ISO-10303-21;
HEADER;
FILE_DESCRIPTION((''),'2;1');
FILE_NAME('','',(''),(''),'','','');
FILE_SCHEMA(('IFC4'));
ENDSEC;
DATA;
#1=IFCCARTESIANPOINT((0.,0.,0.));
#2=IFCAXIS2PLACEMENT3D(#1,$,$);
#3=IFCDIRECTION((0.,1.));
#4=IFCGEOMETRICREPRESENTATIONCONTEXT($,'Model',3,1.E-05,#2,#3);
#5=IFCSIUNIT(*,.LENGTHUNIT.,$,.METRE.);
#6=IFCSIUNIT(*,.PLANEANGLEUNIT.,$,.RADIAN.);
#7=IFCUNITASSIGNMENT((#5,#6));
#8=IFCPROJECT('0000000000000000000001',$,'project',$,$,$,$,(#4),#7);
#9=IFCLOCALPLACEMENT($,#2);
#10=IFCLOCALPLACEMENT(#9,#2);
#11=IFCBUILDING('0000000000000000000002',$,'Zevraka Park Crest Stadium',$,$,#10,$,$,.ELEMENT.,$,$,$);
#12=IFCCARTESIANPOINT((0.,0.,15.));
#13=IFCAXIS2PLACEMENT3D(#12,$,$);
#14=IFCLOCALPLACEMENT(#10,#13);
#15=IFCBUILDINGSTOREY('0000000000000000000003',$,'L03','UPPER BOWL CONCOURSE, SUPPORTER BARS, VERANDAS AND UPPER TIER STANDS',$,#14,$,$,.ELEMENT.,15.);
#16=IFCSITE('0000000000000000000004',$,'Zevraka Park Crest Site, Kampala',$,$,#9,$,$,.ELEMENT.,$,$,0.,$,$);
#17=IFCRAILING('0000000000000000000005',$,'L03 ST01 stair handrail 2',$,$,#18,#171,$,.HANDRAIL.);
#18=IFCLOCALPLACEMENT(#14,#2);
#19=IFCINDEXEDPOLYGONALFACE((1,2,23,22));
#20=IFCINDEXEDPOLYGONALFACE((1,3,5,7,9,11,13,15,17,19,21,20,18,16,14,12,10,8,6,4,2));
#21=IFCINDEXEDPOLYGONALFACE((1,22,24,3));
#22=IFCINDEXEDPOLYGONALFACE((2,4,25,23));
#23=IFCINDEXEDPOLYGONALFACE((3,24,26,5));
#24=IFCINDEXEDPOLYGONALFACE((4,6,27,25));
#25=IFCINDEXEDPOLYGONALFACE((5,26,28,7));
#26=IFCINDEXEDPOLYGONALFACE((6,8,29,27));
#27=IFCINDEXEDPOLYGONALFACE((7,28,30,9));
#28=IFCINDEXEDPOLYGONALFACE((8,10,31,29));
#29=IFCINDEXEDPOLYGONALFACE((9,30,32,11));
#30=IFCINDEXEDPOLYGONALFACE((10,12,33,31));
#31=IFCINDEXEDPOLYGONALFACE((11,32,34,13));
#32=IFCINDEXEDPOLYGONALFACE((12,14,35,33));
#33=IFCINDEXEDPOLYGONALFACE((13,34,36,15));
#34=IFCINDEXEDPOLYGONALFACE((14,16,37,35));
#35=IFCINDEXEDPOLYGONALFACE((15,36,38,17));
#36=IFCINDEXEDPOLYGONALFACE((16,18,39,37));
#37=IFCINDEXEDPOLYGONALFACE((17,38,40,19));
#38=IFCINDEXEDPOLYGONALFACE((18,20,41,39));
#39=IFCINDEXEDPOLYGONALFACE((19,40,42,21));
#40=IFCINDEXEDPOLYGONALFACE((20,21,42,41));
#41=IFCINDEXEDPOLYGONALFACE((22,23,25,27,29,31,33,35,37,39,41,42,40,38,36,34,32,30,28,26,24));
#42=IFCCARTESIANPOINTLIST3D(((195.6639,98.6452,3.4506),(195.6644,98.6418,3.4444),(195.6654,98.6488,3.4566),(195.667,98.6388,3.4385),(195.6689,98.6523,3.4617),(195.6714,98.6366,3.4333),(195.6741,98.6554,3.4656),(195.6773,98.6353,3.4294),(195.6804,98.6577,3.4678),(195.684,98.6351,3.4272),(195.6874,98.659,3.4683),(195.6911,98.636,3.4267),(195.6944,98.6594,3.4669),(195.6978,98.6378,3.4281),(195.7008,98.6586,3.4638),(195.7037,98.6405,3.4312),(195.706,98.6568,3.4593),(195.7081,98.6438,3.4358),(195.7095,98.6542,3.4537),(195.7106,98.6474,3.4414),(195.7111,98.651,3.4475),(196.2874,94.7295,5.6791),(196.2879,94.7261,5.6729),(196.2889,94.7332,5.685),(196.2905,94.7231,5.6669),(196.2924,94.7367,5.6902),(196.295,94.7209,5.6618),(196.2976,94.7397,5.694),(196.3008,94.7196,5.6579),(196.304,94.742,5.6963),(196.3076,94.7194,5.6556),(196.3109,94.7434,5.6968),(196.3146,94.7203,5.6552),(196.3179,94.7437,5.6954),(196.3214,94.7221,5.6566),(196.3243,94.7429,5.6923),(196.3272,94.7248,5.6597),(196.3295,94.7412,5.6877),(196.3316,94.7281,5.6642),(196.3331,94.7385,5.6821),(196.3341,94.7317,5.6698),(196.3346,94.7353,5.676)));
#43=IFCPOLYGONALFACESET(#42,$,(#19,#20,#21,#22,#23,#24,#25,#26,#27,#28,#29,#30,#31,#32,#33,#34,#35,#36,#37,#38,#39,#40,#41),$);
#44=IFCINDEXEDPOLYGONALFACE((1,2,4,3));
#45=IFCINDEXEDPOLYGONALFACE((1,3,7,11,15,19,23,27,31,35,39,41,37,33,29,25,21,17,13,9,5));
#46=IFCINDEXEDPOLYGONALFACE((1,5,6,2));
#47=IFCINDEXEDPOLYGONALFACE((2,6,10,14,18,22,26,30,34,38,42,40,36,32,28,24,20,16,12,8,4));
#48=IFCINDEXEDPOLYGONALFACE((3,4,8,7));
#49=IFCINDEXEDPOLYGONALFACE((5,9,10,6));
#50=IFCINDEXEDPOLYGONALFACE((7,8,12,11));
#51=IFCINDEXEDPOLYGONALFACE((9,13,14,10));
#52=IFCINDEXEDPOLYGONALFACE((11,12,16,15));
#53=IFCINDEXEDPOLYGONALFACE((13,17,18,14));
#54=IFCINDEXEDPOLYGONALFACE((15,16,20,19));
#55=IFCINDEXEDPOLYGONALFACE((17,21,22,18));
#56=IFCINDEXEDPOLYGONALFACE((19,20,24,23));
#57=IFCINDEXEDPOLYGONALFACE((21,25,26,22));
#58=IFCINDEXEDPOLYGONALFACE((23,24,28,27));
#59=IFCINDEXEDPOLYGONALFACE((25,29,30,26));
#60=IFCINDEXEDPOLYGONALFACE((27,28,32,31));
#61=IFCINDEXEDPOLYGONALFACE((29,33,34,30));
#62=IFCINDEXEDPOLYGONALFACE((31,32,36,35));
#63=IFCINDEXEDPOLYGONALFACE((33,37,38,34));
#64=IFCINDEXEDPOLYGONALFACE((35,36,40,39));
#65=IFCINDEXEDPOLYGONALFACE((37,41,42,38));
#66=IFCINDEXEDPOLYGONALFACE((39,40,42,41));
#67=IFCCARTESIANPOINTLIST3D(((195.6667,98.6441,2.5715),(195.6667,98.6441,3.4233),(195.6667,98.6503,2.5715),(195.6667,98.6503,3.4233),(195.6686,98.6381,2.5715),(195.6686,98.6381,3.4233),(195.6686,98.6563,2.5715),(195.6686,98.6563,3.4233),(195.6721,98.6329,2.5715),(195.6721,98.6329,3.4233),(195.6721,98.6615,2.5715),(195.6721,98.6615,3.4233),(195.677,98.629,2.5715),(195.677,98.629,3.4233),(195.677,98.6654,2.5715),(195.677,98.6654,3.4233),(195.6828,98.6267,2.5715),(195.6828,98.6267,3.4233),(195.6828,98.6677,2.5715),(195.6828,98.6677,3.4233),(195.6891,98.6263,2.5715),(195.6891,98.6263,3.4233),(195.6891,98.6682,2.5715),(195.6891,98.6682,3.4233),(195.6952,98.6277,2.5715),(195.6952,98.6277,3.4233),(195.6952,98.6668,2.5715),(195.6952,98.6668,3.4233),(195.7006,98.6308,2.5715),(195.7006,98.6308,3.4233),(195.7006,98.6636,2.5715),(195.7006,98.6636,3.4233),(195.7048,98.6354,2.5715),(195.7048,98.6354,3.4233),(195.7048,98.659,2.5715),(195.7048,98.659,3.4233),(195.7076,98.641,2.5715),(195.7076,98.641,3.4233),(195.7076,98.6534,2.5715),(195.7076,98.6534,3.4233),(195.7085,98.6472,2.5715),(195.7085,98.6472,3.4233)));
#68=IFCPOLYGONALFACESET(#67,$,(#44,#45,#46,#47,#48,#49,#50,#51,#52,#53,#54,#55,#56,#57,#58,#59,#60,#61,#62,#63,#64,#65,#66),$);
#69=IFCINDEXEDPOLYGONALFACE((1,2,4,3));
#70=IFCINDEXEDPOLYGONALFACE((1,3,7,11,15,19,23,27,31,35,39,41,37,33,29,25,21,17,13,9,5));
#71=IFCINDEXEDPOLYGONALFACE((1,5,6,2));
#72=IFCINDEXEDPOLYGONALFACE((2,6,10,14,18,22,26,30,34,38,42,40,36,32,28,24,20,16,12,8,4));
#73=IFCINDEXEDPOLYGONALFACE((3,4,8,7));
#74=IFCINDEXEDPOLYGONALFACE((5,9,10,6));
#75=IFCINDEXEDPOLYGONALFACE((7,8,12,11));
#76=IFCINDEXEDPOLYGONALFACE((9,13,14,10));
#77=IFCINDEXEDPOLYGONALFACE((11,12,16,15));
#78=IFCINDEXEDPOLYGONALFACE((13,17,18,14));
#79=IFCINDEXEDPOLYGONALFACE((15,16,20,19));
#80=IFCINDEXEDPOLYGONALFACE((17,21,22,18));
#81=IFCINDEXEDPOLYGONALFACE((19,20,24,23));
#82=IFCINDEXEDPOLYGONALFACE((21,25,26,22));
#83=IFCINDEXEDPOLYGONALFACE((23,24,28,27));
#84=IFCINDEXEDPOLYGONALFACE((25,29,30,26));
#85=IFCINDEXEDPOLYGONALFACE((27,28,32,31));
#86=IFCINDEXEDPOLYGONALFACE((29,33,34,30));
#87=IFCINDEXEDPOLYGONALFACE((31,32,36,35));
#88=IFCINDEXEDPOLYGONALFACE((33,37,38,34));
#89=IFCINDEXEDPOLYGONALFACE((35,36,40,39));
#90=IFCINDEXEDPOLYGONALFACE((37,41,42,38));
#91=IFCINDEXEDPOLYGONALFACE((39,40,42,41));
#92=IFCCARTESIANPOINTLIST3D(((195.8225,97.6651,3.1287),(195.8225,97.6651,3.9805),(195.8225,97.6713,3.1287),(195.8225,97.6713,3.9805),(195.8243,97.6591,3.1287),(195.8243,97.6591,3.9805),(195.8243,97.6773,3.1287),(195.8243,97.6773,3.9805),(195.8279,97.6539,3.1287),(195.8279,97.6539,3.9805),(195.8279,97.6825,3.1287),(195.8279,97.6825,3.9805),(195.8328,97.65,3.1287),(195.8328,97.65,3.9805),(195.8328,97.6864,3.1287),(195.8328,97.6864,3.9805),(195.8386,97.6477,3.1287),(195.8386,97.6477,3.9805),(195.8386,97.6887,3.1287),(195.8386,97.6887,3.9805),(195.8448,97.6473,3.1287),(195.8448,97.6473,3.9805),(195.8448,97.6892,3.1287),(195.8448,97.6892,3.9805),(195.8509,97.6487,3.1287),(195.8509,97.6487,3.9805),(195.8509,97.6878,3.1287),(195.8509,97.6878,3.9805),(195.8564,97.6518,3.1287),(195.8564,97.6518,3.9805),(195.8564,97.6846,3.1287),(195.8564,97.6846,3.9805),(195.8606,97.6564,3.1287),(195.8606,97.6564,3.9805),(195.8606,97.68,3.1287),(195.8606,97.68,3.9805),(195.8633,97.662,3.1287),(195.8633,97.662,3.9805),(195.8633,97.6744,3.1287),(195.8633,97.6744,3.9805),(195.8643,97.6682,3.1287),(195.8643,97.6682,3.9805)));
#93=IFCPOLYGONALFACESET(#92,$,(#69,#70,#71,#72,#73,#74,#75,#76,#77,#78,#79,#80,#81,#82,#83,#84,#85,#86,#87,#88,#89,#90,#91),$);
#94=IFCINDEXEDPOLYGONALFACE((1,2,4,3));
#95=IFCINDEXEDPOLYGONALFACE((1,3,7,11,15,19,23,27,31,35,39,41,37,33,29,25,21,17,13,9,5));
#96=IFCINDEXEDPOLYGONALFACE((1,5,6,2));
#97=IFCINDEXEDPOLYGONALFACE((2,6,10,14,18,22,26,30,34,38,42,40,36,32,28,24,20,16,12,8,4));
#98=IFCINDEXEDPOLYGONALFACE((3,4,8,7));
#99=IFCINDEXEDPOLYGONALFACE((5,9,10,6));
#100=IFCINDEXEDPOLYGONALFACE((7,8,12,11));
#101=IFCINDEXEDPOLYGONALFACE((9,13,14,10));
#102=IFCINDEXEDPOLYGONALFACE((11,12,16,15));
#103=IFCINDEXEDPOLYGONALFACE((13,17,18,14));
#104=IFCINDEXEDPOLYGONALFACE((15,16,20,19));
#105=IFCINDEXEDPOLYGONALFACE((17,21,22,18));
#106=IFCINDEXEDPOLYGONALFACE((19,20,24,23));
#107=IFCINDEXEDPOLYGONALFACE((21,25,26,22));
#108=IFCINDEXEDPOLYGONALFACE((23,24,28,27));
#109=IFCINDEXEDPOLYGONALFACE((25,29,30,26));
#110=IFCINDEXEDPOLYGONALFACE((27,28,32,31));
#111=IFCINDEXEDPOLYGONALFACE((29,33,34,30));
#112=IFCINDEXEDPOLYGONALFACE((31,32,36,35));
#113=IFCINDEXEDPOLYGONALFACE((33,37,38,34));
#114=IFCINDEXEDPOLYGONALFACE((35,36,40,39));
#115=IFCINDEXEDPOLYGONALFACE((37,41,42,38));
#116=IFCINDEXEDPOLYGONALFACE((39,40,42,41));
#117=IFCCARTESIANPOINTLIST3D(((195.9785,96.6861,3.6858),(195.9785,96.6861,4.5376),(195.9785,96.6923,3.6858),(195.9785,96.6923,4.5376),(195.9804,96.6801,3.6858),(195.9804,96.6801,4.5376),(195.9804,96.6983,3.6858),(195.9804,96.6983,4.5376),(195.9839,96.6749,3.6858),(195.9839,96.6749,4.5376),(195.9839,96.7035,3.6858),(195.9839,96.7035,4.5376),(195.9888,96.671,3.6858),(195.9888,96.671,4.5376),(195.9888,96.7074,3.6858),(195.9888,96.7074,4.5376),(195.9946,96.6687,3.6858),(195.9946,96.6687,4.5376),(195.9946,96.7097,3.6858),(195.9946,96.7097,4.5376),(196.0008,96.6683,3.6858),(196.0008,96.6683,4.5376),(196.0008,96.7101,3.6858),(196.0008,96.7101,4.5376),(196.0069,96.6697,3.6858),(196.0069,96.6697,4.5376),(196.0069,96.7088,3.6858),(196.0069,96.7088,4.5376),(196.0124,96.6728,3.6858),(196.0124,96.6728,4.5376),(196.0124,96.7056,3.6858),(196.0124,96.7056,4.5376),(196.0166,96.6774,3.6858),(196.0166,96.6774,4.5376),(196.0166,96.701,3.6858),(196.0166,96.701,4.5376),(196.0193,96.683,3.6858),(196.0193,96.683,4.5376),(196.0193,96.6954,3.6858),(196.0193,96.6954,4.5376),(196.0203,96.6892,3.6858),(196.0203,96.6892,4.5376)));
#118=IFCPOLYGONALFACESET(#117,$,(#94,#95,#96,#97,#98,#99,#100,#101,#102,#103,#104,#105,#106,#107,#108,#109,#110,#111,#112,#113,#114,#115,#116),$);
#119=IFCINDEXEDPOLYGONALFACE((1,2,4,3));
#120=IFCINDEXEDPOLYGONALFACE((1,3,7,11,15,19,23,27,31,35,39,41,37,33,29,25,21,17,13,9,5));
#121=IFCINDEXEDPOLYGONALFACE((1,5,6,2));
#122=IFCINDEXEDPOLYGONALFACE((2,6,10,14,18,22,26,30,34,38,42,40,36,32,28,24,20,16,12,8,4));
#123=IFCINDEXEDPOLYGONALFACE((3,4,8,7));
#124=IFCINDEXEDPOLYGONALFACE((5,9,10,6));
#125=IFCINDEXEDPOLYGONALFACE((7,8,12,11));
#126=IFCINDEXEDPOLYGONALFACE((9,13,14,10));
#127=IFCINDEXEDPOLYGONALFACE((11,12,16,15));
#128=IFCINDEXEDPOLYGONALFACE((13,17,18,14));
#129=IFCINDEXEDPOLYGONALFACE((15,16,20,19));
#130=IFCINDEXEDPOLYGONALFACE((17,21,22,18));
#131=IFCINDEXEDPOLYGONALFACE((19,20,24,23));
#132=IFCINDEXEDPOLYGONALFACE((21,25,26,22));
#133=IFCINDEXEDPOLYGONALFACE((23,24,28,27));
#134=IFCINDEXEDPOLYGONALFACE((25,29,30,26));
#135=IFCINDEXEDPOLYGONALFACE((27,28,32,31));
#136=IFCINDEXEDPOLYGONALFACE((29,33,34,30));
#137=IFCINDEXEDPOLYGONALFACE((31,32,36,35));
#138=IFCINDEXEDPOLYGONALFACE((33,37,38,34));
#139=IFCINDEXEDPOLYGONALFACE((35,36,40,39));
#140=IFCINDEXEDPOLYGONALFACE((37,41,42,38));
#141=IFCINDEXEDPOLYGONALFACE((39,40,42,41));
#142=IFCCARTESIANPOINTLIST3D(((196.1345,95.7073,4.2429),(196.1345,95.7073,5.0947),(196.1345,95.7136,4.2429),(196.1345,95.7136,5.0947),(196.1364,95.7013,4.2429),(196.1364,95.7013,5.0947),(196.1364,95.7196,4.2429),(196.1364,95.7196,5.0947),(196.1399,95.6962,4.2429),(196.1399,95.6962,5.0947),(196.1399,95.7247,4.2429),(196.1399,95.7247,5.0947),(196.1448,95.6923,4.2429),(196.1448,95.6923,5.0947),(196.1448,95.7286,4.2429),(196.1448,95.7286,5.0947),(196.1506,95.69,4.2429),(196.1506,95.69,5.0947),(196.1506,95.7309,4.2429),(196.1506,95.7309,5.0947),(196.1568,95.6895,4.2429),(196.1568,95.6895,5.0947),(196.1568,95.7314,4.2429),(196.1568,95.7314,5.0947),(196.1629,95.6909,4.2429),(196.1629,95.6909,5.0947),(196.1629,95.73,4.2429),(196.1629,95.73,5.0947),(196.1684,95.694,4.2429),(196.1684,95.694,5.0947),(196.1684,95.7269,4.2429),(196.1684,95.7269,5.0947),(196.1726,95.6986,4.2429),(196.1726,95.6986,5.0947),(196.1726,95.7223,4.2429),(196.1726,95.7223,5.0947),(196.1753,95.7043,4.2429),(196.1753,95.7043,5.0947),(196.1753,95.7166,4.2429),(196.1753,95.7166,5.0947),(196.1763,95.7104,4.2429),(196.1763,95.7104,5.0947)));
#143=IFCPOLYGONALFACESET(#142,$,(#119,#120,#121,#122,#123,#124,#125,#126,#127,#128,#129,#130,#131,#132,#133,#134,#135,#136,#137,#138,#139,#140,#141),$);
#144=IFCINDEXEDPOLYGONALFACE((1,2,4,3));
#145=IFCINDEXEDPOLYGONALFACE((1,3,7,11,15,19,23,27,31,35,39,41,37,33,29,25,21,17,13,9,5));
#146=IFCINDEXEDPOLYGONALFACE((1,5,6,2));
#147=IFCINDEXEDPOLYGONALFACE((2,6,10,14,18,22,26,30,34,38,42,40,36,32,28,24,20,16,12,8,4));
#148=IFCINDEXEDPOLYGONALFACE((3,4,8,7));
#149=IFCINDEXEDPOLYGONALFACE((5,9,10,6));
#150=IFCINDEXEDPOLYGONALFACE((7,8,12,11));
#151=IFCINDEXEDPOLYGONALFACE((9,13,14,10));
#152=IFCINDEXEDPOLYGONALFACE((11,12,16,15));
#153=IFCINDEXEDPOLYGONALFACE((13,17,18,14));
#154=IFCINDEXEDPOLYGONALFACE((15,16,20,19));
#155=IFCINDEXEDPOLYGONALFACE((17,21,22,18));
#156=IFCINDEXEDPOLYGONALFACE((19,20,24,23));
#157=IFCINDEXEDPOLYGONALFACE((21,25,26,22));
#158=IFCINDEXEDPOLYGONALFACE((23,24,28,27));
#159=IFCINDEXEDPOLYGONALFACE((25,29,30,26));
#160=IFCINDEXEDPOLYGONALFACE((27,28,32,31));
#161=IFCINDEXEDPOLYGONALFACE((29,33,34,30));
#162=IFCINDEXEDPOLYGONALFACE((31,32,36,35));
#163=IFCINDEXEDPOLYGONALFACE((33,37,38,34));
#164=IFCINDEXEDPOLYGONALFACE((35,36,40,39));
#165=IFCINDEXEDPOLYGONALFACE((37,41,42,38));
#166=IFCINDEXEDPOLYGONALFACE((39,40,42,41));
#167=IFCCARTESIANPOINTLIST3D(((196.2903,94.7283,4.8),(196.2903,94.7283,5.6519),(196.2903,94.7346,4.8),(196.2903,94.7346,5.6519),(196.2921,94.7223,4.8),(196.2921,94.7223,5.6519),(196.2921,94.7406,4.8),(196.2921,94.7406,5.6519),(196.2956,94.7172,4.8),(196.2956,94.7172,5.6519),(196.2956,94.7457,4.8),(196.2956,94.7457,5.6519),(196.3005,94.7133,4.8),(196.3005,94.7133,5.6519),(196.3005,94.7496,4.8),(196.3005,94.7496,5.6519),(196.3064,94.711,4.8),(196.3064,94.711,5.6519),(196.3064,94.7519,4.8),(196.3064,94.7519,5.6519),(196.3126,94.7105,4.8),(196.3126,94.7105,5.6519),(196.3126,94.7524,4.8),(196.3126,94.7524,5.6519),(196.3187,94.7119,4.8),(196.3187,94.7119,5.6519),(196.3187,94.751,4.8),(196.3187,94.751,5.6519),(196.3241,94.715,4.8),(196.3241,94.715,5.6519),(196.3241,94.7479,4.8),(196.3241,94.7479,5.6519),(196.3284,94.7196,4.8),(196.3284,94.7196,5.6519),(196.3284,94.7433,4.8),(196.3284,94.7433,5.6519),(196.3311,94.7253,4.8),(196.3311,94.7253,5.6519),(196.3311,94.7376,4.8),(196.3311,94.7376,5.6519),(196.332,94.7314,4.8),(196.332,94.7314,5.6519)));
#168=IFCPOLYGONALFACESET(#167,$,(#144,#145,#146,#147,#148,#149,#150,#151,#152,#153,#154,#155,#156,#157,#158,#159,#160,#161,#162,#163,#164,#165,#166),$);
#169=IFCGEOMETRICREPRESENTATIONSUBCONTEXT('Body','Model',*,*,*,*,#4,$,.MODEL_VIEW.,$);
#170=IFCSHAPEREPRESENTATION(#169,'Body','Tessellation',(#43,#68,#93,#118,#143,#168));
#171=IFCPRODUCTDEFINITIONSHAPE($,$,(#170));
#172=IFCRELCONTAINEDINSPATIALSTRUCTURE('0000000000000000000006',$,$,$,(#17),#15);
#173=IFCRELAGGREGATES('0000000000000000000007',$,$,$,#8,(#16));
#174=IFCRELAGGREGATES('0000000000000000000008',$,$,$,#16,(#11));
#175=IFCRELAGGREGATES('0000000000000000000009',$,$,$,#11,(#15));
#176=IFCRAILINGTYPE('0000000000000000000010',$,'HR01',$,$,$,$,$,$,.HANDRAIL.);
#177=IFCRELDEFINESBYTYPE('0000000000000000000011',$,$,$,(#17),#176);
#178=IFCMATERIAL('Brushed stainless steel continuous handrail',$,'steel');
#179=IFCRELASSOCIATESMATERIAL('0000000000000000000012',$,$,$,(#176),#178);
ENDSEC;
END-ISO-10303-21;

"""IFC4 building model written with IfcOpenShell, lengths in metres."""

from ifc_helpers import new_model, si_unit, direction, frame, origin, origin_2d, place, context, subcontext, project, spatial, circle, extrude, material, type_object, element, save


model = new_model("IFC4")

# Units and contexts
model_context = context("Model", 3, precision=1e-05, world=origin(), true_north=direction((0.0, 1.0)))
body_context = subcontext(model_context, "Body", "Model", "MODEL_VIEW")
ifc_project = project(units=[si_unit("LENGTHUNIT", "METRE"), si_unit("PLANEANGLEUNIT", "RADIAN")], contexts=[model_context])

# Site, building, storey
site_placement = place(None, origin())
site = spatial("IfcSite", under=ifc_project, at=site_placement, Name="Zevraka Park Crest Site, Kampala", CompositionType="ELEMENT", RefElevation=0.0)
building_placement = place(site_placement, origin())
building = spatial("IfcBuilding", under=site, at=building_placement, Name="Zevraka Park Crest Stadium", CompositionType="ELEMENT")
storey_placement = place(building_placement, frame((0.0, 0.0, 15.0)))
storey = spatial("IfcBuildingStorey", under=building, at=storey_placement, Name="L03", Description="UPPER BOWL CONCOURSE, SUPPORTER BARS, VERANDAS AND UPPER TIER STANDS", CompositionType="ELEMENT", Elevation=15.0)

# Railing
ifc_material_1 = material(Name="Brushed stainless steel continuous handrail", Category="steel")
railing_type_1 = type_object("IfcRailingType", Name="HR01", PredefinedType="HANDRAIL", material=ifc_material_1)
railing_1_placement = place(storey_placement, frame((195.6875, 98.6472, 2.5715)))
element("IfcRailing", 1, at=railing_1_placement, inside=storey, type_object=railing_type_1, Name="L03 ST01 stair handrail 2", PredefinedType="HANDRAIL", context=body_context, shape_type="SweptSolid", body=[
    extrude(circle(Radius=0.0239, at=origin_2d()), frame((0.0, 0.0, 0.876), z_axis=(0.137088, -0.860903, 0.489951), x_axis=(0.987558, 0.157256, 0.0)), (0.0, 0.0, 1.0), 4.5483),
    extrude(circle(Radius=0.021, at=origin_2d()), origin(), (0.0, 0.0, 1.0), 0.8518),
    extrude(circle(Radius=0.021, at=origin_2d()), frame((0.1558, -0.979, 0.5571)), (0.0, 0.0, 1.0), 0.8518),
    extrude(circle(Radius=0.021, at=origin_2d()), frame((0.3118, -1.958, 1.1143)), (0.0, 0.0, 1.0), 0.8518),
    extrude(circle(Radius=0.021, at=origin_2d()), frame((0.4678, -2.9368, 1.6714)), (0.0, 0.0, 1.0), 0.8518),
    extrude(circle(Radius=0.021, at=origin_2d()), frame((0.6235, -3.9158, 2.2285)), (0.0, 0.0, 1.0), 0.8518),
])

save(model, "model.ifc")
